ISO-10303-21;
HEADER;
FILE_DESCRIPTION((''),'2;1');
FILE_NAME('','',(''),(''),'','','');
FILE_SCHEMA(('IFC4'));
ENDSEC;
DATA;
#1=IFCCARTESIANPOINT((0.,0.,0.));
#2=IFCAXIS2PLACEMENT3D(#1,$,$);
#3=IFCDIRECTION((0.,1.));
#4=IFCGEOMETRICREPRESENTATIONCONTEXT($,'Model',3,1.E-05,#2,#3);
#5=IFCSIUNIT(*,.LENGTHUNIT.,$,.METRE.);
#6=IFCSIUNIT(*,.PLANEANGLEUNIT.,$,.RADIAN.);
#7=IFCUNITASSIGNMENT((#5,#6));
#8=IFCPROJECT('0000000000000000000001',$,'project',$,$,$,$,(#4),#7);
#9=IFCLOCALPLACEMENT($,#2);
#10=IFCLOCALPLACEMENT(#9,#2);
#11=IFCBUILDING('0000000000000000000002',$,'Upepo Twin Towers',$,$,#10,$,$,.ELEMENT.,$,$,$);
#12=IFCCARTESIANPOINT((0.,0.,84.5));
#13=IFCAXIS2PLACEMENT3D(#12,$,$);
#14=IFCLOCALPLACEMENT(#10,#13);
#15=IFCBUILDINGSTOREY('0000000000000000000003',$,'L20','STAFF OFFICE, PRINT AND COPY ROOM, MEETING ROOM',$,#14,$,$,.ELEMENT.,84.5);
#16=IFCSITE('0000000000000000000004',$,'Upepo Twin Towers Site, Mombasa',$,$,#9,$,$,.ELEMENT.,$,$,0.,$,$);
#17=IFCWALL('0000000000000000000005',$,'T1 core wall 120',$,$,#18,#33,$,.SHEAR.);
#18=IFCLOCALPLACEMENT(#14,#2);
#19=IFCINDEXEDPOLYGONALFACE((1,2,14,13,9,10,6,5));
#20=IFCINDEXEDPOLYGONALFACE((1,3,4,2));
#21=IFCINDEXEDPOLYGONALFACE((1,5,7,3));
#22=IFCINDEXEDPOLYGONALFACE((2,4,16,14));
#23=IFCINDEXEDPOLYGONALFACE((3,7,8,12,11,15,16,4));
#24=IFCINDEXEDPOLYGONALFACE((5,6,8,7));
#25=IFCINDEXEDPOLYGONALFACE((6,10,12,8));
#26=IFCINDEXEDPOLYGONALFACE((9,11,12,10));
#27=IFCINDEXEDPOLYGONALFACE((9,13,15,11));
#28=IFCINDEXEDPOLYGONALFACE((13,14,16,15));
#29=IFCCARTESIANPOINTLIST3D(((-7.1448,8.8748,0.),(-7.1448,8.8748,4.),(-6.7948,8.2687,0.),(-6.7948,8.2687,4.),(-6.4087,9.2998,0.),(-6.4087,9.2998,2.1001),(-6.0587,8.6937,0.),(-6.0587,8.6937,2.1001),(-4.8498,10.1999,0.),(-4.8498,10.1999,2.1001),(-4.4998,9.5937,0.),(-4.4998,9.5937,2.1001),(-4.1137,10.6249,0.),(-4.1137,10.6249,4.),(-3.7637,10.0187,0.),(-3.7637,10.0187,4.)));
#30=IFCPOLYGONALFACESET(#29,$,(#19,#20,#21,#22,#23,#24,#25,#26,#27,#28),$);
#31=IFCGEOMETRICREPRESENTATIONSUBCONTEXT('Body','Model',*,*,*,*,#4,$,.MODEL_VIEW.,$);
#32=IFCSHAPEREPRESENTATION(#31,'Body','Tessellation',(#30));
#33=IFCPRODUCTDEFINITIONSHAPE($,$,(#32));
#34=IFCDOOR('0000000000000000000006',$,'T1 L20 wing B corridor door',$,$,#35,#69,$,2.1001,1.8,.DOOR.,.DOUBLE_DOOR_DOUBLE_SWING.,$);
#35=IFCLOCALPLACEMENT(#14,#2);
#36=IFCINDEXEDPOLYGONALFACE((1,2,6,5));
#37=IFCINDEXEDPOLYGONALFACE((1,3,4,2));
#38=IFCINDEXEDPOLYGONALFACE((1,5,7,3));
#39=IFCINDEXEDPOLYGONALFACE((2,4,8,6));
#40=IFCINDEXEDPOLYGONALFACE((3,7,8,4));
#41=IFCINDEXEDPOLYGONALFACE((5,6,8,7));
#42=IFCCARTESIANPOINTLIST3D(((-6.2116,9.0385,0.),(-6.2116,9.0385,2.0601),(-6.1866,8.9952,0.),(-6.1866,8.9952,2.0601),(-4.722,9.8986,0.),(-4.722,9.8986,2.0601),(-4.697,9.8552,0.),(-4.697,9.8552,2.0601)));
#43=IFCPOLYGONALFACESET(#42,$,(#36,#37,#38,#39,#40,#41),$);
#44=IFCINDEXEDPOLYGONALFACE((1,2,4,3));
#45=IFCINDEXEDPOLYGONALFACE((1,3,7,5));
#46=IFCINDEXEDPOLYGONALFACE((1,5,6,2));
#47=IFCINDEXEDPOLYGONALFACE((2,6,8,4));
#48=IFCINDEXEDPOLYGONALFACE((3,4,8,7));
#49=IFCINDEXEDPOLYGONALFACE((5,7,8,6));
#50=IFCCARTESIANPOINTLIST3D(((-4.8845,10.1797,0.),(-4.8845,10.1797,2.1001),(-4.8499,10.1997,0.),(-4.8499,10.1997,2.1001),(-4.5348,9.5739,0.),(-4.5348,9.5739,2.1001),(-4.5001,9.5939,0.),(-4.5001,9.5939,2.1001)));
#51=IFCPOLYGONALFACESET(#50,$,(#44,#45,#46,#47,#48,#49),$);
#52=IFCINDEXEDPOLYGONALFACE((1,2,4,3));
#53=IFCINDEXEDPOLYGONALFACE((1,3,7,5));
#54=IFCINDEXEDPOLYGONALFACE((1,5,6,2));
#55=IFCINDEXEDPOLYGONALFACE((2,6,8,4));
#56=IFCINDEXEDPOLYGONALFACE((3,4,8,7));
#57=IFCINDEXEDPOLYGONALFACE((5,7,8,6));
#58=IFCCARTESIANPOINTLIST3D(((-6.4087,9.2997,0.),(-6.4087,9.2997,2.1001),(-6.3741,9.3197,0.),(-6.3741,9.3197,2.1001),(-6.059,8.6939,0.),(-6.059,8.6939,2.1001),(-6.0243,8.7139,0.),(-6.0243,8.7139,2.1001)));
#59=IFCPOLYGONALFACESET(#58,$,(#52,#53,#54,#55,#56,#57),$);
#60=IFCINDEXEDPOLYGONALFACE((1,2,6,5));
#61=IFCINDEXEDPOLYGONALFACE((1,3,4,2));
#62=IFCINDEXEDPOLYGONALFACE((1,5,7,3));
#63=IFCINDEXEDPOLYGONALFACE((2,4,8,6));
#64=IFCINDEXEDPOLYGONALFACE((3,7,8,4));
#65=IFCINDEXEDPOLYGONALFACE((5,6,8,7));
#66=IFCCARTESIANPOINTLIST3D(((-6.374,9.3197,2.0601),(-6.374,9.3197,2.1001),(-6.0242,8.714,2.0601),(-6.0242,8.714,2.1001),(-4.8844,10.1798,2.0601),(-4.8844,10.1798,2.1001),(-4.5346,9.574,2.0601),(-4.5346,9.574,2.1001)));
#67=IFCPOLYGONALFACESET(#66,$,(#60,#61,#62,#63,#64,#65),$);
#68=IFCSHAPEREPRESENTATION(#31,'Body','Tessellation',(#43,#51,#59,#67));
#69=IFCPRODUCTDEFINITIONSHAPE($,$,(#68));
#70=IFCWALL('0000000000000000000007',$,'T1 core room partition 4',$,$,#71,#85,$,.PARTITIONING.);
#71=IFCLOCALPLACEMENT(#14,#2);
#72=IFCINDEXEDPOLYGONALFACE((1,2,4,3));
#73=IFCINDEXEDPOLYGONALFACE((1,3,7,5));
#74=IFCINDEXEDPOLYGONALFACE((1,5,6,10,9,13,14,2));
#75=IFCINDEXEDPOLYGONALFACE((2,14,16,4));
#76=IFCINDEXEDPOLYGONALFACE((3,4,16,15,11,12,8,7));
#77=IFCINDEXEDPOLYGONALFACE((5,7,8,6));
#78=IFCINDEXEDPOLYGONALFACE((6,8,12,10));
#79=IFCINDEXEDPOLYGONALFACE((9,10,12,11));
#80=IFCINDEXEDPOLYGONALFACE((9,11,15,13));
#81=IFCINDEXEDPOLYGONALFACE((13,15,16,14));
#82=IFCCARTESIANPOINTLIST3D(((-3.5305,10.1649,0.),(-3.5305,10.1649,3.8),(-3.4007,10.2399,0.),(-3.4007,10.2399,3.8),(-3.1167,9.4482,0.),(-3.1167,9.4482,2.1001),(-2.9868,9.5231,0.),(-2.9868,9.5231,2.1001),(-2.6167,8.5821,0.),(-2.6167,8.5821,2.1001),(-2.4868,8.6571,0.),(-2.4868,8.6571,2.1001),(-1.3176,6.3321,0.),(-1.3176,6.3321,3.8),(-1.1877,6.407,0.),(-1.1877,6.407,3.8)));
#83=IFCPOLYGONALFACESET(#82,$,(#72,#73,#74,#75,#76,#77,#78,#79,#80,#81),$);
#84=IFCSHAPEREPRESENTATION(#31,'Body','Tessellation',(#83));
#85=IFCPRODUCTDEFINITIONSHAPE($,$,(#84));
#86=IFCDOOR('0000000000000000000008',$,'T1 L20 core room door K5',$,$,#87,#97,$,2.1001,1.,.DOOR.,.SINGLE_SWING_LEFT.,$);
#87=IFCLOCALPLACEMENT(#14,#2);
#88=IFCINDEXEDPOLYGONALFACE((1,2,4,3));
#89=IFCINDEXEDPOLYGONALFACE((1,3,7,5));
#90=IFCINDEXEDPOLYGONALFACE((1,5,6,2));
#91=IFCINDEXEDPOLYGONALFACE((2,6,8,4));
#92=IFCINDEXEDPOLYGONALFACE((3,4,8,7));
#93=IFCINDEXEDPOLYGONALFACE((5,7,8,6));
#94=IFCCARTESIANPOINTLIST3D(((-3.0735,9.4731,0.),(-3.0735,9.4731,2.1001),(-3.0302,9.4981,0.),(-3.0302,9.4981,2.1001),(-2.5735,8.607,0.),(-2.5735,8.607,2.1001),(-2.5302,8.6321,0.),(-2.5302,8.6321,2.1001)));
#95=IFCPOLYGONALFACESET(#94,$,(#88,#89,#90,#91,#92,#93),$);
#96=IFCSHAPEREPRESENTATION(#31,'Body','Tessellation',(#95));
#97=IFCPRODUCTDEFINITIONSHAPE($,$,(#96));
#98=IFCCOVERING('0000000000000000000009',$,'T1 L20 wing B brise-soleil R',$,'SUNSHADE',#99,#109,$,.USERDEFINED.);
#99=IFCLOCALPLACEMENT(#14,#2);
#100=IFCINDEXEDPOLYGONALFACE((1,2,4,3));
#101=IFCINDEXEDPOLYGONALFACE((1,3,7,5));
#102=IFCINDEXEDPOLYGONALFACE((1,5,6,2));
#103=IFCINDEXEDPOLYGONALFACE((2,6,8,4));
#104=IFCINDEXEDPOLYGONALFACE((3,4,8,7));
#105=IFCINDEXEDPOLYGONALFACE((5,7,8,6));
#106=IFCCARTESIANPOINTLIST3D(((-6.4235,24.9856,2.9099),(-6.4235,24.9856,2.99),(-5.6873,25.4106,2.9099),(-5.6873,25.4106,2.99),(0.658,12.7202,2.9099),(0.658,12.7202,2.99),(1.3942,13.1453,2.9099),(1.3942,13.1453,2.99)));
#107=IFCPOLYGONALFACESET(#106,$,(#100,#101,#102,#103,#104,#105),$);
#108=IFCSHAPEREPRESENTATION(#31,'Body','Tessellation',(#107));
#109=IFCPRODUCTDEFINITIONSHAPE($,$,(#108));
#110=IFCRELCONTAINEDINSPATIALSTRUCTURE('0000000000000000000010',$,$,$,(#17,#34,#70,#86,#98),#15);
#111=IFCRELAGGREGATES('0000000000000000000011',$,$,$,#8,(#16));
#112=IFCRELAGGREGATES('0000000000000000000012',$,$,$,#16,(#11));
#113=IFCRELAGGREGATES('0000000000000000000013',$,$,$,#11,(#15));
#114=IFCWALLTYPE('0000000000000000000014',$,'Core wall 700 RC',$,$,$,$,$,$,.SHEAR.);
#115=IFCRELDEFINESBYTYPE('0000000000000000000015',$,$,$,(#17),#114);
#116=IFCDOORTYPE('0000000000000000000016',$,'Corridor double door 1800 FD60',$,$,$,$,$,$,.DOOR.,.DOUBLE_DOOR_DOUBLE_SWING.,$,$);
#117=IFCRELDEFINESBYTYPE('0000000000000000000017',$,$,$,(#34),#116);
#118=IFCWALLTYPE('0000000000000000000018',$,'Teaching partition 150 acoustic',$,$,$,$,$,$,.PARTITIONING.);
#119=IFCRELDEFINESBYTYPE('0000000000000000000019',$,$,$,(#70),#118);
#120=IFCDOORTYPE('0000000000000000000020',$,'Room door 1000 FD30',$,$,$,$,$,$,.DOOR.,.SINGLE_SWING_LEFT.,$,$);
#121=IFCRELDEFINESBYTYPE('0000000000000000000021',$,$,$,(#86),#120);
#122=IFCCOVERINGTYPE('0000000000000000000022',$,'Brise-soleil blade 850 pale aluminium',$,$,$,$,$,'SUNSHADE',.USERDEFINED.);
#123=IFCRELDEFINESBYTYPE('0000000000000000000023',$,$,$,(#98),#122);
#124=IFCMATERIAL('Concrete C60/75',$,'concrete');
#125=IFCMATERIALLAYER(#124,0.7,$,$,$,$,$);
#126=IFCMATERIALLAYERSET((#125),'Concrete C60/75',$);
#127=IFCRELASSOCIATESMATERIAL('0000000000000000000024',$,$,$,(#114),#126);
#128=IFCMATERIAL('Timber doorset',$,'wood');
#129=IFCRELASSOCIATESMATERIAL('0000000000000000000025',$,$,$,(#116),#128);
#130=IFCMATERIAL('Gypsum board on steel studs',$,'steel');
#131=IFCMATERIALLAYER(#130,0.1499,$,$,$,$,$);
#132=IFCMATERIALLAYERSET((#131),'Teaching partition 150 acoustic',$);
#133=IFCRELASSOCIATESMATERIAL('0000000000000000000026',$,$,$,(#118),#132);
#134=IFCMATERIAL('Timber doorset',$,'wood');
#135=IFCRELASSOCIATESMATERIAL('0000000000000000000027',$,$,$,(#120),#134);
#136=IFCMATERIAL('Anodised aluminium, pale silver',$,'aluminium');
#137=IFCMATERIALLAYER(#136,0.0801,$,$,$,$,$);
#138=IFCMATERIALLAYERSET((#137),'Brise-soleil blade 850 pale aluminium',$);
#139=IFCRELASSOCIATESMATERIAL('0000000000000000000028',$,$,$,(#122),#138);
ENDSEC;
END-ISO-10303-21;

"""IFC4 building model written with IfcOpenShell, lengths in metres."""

from ifc_helpers import new_model, si_unit, direction, frame, frame_2d, origin, origin_2d, place, context, subcontext, project, spatial, rectangle, extrude, material, layer, layer_set, type_object, element, fill, save


model = new_model("IFC4")

# Units and contexts
model_context = context("Model", 3, precision=1e-05, world=origin(), true_north=direction((0.0, 1.0)))
body_context = subcontext(model_context, "Body", "Model", "MODEL_VIEW")
ifc_project = project(units=[si_unit("LENGTHUNIT", "METRE"), si_unit("PLANEANGLEUNIT", "RADIAN")], contexts=[model_context])

# Site, building, storey
site_placement = place(None, origin())
site = spatial("IfcSite", under=ifc_project, at=site_placement, Name="Upepo Twin Towers Site, Mombasa", CompositionType="ELEMENT", RefElevation=0.0)
building_placement = place(site_placement, origin())
building = spatial("IfcBuilding", under=site, at=building_placement, Name="Upepo Twin Towers", CompositionType="ELEMENT")
storey_placement = place(building_placement, frame((0.0, 0.0, 84.5)))
storey = spatial("IfcBuildingStorey", under=building, at=storey_placement, Name="L20", Description="STAFF OFFICE, PRINT AND COPY ROOM, MEETING ROOM", CompositionType="ELEMENT", Elevation=84.5)

# Shared definitions
ifc_material_1 = material(Name="Concrete C60/75", Category="concrete")
ifc_layer_1 = layer(ifc_material_1, 0.7)
ifc_layer_set_1 = layer_set([ifc_layer_1], Name="Concrete C60/75")
wall_type_1 = type_object("IfcWallType", Name="Core wall 700 RC", PredefinedType="SHEAR", material=ifc_layer_set_1)

# Walls, openings, doors
wall_1_placement = place(storey_placement, frame((-3.9387, 10.3218, 0.0), z_axis=(0.0, 0.0, 1.0), x_axis=(-0.866019, -0.50001, 0.0)))
wall_1 = element("IfcWall", 1, at=wall_1_placement, inside=storey, type_object=wall_type_1, Name="T1 core wall 120", PredefinedType="SHEAR", context=body_context, shape_type="SweptSolid", body=[
    extrude(rectangle(XDim=3.5, YDim=0.7, at=frame_2d((1.75, 0.0))), origin(), (0.0, 0.0, 1.0), 4.0),
])
opening_1_placement = place(wall_1_placement, frame((0.8501, 0.0, 0.0)))
opening_1 = element("IfcOpeningElement", 2, at=opening_1_placement, cuts=wall_1, PredefinedType="OPENING", context=body_context, shape_type="SweptSolid", body=[
    extrude(rectangle(XDim=1.8, YDim=2.1001, at=frame_2d((0.8999, 1.05))), frame((0.0, 0.3599, 0.0), z_axis=(0.0, -1.0, 0.0), x_axis=(1.0, 0.0, 0.0)), (0.0, 0.0, 1.0), 0.72),
])
ifc_material_2 = material(Name="Timber doorset", Category="wood")
door_type_1 = type_object("IfcDoorType", Name="Corridor double door 1800 FD60", OperationType="DOUBLE_DOOR_DOUBLE_SWING", PredefinedType="DOOR", material=ifc_material_2)
door_1_placement = place(opening_1_placement, origin())
door_1 = element("IfcDoor", 3, at=door_1_placement, inside=storey, type_object=door_type_1, Name="T1 L20 wing B corridor door", OperationType="DOUBLE_DOOR_DOUBLE_SWING", OverallHeight=2.1001, OverallWidth=1.8, PredefinedType="DOOR", context=body_context, shape_type="SweptSolid", body=[
    extrude(rectangle(XDim=1.72, YDim=2.0601, at=frame_2d((0.8999, 1.03))), frame((0.0, 0.0249, 0.0), z_axis=(0.0, -1.0, 0.0), x_axis=(1.0, 0.0, 0.0)), (0.0, 0.0, 1.0), 0.05),
    extrude(rectangle(XDim=0.04, YDim=2.1001, at=frame_2d((0.02, 1.05))), frame((0.0, 0.3496, 0.0), z_axis=(0.0, -1.0, 0.0), x_axis=(1.0, 0.0, 0.0)), (0.0, 0.0, 1.0), 0.6995),
    extrude(rectangle(XDim=0.04, YDim=2.1001, at=frame_2d((1.78, 1.05))), frame((0.0, 0.3496, 0.0), z_axis=(0.0, -1.0, 0.0), x_axis=(1.0, 0.0, 0.0)), (0.0, 0.0, 1.0), 0.6995),
    extrude(rectangle(XDim=1.72, YDim=0.04, at=frame_2d((0.8999, 2.0801))), frame((0.0, 0.3496, 0.0), z_axis=(0.0, -1.0, 0.0), x_axis=(1.0, 0.0, 0.0)), (0.0, 0.0, 1.0), 0.6995),
])
fill(opening_1, door_1)
ifc_material_3 = material(Name="Gypsum board on steel studs", Category="steel")
ifc_layer_2 = layer(ifc_material_3, 0.1499)
ifc_layer_set_2 = layer_set([ifc_layer_2], Name="Teaching partition 150 acoustic")
wall_type_2 = type_object("IfcWallType", Name="Teaching partition 150 acoustic", PredefinedType="PARTITIONING", material=ifc_layer_set_2)
wall_2_placement = place(storey_placement, frame((-3.4656, 10.2024, 0.0), z_axis=(0.0, 0.0, 1.0), x_axis=(0.500007, -0.866021, 0.0)))
wall_2 = element("IfcWall", 4, at=wall_2_placement, inside=storey, type_object=wall_type_2, Name="T1 core room partition 4", PredefinedType="PARTITIONING", context=body_context, shape_type="SweptSolid", body=[
    extrude(rectangle(XDim=4.4258, YDim=0.1499, at=frame_2d((2.2129, 0.0))), origin(), (0.0, 0.0, 1.0), 3.8),
])
opening_2_placement = place(wall_2_placement, frame((0.8276, 0.0, 0.0)))
opening_2 = element("IfcOpeningElement", 5, at=opening_2_placement, cuts=wall_2, PredefinedType="OPENING", context=body_context, shape_type="SweptSolid", body=[
    extrude(rectangle(XDim=1.0, YDim=2.1001, at=frame_2d((0.5, 1.05))), frame((0.0, 0.085, 0.0), z_axis=(0.0, -1.0, 0.0), x_axis=(1.0, 0.0, 0.0)), (0.0, 0.0, 1.0), 0.1699),
])
ifc_material_4 = material(Name="Timber doorset", Category="wood")
door_type_2 = type_object("IfcDoorType", Name="Room door 1000 FD30", OperationType="SINGLE_SWING_LEFT", PredefinedType="DOOR", material=ifc_material_4)
door_2_placement = place(opening_2_placement, origin())
door_2 = element("IfcDoor", 6, at=door_2_placement, inside=storey, type_object=door_type_2, Name="T1 L20 core room door K5", OperationType="SINGLE_SWING_LEFT", OverallHeight=2.1001, OverallWidth=1.0, PredefinedType="DOOR", context=body_context, shape_type="SweptSolid", body=[
    extrude(rectangle(XDim=1.0, YDim=2.1001, at=frame_2d((0.5, 1.05))), frame((0.0, 0.0249, 0.0), z_axis=(0.0, -1.0, 0.0), x_axis=(1.0, 0.0, 0.0)), (0.0, 0.0, 1.0), 0.05),
])
fill(opening_2, door_2)

# Covering
ifc_material_5 = material(Name="Anodised aluminium, pale silver", Category="aluminium")
ifc_layer_3 = layer(ifc_material_5, 0.0801)
ifc_layer_set_3 = layer_set([ifc_layer_3], Name="Brise-soleil blade 850 pale aluminium")
covering_type = type_object("IfcCoveringType", Name="Brise-soleil blade 850 pale aluminium", ElementType="SUNSHADE", PredefinedType="USERDEFINED", material=ifc_layer_set_3)
covering_placement = place(storey_placement, frame((-2.5146, 19.0654, 2.9099), z_axis=(0.0, 0.0, 1.0), x_axis=(-0.5, 0.866025, 0.0)))
element("IfcCovering", 7, at=covering_placement, inside=storey, type_object=covering_type, Name="T1 L20 wing B brise-soleil R", ObjectType="SUNSHADE", PredefinedType="USERDEFINED", context=body_context, shape_type="SweptSolid", body=[
    extrude(rectangle(XDim=14.1628, YDim=0.8501, at=origin_2d()), origin(), (0.0, 0.0, 1.0), 0.0801),
])

save(model, "model.ifc")
